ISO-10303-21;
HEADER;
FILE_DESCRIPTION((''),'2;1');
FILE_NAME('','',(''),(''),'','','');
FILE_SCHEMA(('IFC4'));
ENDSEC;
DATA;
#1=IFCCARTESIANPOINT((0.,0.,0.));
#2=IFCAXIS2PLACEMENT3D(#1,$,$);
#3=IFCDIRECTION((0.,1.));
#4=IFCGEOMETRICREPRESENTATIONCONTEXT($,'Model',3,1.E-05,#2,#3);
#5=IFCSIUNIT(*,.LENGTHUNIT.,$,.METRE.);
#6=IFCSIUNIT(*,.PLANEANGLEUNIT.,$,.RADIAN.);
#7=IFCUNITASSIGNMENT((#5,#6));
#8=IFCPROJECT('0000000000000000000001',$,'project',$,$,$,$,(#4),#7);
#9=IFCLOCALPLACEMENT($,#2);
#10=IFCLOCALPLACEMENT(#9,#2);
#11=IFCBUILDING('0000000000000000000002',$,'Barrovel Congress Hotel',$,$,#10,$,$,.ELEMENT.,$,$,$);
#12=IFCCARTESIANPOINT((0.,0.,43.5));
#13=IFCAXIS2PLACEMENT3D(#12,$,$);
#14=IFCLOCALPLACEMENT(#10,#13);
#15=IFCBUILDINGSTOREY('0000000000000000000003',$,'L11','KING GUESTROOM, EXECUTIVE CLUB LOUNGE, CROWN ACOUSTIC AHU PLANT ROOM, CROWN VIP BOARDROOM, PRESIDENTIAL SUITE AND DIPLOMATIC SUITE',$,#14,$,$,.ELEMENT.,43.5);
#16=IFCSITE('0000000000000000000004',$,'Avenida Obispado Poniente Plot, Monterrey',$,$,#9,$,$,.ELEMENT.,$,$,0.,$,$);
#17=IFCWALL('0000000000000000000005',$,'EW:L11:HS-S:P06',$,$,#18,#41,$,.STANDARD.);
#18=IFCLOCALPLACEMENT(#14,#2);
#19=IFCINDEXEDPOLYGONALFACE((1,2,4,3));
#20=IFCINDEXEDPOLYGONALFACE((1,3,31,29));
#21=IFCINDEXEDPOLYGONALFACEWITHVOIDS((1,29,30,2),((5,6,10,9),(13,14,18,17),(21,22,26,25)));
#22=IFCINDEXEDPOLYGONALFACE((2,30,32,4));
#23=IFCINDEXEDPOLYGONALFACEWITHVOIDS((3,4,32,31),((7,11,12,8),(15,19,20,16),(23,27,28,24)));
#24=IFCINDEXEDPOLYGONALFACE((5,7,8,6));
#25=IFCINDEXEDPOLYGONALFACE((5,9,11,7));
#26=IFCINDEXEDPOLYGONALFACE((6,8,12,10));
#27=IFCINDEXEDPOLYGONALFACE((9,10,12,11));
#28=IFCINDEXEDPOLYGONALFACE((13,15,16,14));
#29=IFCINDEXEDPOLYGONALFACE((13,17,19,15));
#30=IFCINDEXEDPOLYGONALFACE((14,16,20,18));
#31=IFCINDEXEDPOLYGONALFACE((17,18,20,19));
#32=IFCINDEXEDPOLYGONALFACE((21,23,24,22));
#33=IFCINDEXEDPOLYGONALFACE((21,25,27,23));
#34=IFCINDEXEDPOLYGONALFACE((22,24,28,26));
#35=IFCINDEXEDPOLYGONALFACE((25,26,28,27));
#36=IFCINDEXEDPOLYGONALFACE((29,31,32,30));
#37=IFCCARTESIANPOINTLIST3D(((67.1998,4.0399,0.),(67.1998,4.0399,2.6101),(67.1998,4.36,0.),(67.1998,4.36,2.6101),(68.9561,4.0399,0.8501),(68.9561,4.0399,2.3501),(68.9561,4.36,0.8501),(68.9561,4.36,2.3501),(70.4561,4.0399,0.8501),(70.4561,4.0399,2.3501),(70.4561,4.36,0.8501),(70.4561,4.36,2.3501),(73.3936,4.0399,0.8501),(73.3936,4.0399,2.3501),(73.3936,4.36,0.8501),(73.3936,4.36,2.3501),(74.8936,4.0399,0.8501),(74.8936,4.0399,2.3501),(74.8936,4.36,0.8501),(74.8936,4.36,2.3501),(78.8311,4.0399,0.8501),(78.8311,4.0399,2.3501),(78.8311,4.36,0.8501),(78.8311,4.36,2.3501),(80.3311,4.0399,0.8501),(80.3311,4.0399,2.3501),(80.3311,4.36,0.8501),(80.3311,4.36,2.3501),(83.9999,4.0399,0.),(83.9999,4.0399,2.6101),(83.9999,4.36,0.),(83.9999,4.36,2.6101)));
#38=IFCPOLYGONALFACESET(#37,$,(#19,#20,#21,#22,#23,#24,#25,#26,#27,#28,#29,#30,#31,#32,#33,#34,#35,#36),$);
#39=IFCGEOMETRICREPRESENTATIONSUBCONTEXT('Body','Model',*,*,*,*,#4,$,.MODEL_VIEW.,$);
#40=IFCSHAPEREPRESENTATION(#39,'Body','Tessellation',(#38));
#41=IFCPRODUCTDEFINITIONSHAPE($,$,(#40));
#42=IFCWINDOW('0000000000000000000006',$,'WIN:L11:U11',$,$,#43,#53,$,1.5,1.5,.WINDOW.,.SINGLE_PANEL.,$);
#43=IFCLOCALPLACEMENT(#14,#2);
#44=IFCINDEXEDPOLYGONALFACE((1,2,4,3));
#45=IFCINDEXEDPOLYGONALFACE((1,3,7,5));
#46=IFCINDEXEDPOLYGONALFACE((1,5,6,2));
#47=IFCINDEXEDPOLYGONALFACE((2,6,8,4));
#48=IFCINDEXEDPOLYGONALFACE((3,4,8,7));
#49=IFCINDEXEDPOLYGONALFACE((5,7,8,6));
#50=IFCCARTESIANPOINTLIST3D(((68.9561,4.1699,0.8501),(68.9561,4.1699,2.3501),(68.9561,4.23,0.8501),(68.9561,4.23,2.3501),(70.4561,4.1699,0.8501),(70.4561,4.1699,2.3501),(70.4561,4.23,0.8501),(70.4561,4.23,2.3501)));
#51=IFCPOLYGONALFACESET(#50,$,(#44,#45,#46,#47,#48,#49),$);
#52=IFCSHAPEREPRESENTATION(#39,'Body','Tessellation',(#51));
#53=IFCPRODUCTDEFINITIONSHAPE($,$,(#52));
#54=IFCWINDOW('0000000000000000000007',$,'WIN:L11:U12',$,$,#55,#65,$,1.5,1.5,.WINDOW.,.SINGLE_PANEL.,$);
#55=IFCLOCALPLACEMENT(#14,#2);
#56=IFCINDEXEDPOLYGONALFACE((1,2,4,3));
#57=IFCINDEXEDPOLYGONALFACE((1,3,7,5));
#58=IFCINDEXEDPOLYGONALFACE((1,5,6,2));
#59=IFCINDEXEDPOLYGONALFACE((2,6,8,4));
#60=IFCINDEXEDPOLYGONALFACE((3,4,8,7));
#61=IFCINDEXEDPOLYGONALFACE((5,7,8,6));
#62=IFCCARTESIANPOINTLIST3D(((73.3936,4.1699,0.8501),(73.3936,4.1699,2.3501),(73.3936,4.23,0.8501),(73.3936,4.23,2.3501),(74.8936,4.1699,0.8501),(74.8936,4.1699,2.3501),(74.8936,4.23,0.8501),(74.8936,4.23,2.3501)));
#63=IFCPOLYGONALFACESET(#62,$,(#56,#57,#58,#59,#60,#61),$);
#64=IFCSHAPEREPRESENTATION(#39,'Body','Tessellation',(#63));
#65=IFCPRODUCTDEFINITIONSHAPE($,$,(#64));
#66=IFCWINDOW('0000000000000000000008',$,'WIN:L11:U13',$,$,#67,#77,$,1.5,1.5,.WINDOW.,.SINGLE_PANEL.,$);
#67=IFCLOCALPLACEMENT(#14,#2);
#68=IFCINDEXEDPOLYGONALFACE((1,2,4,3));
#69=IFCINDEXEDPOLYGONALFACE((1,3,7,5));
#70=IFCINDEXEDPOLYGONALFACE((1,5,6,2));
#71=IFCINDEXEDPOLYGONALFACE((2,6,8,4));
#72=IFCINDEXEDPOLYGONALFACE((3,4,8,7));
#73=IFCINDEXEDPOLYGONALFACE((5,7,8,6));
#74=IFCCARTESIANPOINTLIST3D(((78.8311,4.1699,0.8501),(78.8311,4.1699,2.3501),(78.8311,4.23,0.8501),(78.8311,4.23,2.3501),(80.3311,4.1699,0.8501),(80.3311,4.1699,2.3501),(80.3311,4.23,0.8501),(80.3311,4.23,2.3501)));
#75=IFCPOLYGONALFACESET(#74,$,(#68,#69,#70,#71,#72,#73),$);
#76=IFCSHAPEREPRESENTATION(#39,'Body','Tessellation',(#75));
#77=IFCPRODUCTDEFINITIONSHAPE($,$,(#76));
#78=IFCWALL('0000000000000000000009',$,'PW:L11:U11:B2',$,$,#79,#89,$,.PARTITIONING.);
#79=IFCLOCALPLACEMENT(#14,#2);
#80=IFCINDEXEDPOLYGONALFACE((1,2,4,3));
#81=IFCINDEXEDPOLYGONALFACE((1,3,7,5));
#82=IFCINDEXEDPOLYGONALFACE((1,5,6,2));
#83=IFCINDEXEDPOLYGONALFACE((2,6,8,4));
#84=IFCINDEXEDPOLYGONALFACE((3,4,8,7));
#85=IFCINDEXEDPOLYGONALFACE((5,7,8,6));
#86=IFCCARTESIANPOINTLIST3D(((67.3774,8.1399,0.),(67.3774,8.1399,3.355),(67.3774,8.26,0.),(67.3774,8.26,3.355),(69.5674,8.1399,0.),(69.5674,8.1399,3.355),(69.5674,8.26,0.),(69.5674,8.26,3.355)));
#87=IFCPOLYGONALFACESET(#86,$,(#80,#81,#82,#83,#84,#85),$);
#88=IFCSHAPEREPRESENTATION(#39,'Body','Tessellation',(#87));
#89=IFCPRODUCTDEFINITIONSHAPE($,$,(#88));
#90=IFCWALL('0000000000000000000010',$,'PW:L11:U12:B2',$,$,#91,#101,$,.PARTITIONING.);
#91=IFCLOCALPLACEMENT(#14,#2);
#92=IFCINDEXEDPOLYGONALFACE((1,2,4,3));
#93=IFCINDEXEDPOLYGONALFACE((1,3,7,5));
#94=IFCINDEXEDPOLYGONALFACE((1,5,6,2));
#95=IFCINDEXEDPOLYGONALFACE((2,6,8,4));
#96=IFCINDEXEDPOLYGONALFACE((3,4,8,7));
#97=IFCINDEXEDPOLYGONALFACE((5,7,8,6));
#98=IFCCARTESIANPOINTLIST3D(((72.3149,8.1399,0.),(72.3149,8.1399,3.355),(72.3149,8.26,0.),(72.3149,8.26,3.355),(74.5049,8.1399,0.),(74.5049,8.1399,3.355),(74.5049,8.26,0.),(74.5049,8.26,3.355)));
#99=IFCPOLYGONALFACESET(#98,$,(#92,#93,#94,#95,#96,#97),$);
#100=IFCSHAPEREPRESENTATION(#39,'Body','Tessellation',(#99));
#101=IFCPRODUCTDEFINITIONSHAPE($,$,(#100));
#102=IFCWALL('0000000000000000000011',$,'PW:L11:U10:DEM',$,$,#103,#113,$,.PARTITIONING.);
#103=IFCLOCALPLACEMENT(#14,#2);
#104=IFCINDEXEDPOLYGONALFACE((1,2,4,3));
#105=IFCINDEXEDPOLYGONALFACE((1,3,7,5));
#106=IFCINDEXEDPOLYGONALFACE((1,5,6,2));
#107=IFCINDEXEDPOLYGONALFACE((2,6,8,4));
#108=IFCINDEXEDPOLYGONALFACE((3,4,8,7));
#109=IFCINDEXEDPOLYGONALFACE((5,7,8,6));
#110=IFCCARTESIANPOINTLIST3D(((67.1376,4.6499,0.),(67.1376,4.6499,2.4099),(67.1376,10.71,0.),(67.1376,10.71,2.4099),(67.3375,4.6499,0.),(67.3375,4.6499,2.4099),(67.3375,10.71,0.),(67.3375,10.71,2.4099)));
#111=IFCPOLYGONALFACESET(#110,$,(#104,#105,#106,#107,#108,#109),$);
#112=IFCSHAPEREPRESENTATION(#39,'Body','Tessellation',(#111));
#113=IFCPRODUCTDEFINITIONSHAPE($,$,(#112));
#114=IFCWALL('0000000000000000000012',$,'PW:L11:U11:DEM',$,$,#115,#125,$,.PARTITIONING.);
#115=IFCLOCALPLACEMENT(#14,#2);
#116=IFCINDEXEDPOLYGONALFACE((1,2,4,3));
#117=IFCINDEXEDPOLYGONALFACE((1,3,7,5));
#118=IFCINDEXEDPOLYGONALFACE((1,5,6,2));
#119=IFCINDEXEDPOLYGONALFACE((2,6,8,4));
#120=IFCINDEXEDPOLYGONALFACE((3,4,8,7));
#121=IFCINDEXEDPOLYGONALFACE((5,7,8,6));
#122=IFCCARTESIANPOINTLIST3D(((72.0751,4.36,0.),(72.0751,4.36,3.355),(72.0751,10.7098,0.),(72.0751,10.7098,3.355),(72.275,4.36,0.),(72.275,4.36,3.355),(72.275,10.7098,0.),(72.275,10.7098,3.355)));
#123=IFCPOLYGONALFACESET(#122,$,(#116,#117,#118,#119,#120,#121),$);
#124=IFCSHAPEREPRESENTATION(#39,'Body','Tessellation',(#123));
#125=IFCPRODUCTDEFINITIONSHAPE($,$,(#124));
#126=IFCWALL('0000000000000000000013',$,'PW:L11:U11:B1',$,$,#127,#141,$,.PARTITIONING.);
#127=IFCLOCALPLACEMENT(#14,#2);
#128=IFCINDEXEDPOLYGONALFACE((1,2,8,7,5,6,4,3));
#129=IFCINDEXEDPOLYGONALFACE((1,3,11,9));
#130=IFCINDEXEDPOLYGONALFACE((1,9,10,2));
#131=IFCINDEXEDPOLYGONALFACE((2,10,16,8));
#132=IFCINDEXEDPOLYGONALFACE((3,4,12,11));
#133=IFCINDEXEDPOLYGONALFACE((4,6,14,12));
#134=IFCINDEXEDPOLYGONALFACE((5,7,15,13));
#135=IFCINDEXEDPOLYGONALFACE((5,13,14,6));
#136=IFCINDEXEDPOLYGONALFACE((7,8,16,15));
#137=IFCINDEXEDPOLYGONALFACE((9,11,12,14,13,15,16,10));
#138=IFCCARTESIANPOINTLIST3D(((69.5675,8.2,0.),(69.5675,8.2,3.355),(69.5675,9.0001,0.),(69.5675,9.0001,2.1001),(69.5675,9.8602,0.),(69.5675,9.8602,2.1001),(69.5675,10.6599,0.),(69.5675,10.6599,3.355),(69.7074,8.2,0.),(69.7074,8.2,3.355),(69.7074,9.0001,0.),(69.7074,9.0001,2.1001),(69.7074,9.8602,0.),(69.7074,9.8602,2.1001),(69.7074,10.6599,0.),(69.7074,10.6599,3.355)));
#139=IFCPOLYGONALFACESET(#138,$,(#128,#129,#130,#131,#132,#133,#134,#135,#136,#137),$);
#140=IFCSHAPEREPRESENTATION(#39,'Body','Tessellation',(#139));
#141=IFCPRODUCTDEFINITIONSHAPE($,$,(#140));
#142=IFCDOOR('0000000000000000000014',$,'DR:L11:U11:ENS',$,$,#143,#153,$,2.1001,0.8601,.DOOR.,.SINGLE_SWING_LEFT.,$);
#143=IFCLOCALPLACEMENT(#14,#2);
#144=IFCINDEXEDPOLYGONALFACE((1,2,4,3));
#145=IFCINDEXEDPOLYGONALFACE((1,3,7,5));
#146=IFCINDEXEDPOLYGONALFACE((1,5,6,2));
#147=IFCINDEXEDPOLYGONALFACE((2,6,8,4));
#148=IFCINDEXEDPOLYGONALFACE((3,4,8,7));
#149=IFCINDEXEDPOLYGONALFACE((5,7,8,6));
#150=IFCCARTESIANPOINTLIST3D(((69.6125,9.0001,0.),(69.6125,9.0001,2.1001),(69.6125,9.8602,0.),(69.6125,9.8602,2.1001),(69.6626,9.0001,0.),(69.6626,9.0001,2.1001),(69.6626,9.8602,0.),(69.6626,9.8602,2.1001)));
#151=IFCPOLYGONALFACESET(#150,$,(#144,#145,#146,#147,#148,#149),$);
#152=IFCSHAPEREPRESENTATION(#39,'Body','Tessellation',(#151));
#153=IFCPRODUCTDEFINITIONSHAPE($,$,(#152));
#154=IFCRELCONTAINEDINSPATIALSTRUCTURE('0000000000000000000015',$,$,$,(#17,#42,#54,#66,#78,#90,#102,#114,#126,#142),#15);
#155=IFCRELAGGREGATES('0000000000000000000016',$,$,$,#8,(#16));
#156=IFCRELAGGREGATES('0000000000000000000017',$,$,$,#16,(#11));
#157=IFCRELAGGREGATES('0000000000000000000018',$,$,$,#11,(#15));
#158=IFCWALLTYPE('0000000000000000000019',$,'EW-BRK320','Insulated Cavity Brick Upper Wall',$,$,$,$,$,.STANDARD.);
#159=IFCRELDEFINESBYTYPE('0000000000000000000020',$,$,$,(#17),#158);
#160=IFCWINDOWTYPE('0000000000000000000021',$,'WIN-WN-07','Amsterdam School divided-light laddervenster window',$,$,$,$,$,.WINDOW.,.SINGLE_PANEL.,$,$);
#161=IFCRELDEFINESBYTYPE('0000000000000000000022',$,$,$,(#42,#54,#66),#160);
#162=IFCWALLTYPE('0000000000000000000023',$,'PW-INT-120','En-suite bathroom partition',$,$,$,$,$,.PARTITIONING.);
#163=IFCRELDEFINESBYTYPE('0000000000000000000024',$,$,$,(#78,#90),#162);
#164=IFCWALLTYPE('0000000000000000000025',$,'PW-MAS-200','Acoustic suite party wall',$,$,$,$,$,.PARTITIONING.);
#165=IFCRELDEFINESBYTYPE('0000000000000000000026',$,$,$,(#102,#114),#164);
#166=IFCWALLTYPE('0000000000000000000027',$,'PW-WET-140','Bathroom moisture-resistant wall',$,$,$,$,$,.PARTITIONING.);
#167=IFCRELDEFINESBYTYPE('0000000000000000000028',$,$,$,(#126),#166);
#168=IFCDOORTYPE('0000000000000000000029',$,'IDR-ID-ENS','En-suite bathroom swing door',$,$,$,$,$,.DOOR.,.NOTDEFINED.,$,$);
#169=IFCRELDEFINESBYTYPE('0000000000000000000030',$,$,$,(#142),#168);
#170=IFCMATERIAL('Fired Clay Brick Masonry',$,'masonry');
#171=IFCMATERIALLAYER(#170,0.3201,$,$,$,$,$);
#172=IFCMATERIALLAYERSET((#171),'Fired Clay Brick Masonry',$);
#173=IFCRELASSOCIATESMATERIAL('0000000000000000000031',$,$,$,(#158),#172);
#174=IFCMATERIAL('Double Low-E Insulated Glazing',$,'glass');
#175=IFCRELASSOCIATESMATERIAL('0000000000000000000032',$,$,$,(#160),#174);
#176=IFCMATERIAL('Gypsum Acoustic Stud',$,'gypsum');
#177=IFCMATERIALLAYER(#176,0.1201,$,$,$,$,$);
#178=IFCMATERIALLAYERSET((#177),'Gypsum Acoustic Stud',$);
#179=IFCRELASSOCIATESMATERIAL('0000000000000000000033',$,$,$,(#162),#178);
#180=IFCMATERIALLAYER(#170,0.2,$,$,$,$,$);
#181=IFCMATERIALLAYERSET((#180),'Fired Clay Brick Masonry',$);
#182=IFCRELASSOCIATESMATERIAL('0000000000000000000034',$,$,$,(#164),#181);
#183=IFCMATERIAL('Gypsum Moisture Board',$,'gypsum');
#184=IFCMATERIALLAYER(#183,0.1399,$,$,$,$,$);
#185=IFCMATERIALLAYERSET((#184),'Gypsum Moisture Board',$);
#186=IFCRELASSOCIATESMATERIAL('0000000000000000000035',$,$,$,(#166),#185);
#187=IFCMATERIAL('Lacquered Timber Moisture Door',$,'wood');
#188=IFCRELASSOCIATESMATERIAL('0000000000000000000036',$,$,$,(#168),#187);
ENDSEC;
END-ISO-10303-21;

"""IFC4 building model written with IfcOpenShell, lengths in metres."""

from ifc_helpers import new_model, si_unit, direction, frame, frame_2d, origin, place, context, subcontext, project, spatial, rectangle, extrude, material, layer, layer_set, type_object, element, fill, save


model = new_model("IFC4")

# Units and contexts
model_context = context("Model", 3, precision=1e-05, world=origin(), true_north=direction((0.0, 1.0)))
body_context = subcontext(model_context, "Body", "Model", "MODEL_VIEW")
ifc_project = project(units=[si_unit("LENGTHUNIT", "METRE"), si_unit("PLANEANGLEUNIT", "RADIAN")], contexts=[model_context])

# Site, building, storey
site_placement = place(None, origin())
site = spatial("IfcSite", under=ifc_project, at=site_placement, Name="Avenida Obispado Poniente Plot, Monterrey", CompositionType="ELEMENT", RefElevation=0.0)
building_placement = place(site_placement, origin())
building = spatial("IfcBuilding", under=site, at=building_placement, Name="Barrovel Congress Hotel", CompositionType="ELEMENT")
storey_placement = place(building_placement, frame((0.0, 0.0, 43.5)))
storey = spatial("IfcBuildingStorey", under=building, at=storey_placement, Name="L11", Description="KING GUESTROOM, EXECUTIVE CLUB LOUNGE, CROWN ACOUSTIC AHU PLANT ROOM, CROWN VIP BOARDROOM, PRESIDENTIAL SUITE AND DIPLOMATIC SUITE", CompositionType="ELEMENT", Elevation=43.5)

# Wall, openings, windows
ifc_material_1 = material(Name="Fired Clay Brick Masonry", Category="masonry")
ifc_layer_1 = layer(ifc_material_1, 0.3201)
ifc_layer_set_1 = layer_set([ifc_layer_1], Name="Fired Clay Brick Masonry")
wall_type_1 = type_object("IfcWallType", Name="EW-BRK320", Description="Insulated Cavity Brick Upper Wall", PredefinedType="STANDARD", material=ifc_layer_set_1)
wall_1_placement = place(storey_placement, frame((67.2, 4.2, 0.0), z_axis=(0.0, 0.0, 1.0), x_axis=(1.0, 0.0, 0.0)))
wall_1 = element("IfcWall", 1, at=wall_1_placement, inside=storey, type_object=wall_type_1, Name="EW:L11:HS-S:P06", PredefinedType="STANDARD", context=body_context, shape_type="SweptSolid", body=[
    extrude(rectangle(XDim=16.8, YDim=0.3201, at=frame_2d((8.3999, 0.0))), origin(), (0.0, 0.0, 1.0), 2.6101),
])
opening_1_placement = place(wall_1_placement, frame((1.7561, 0.0, 0.8501)))
opening_1 = element("IfcOpeningElement", 2, at=opening_1_placement, cuts=wall_1, PredefinedType="OPENING", context=body_context, shape_type="SweptSolid", body=[
    extrude(rectangle(XDim=1.5, YDim=1.5, at=frame_2d((0.75, 0.75))), frame((0.0, 0.1699, 0.0), z_axis=(0.0, -1.0, 0.0), x_axis=(1.0, 0.0, 0.0)), (0.0, 0.0, 1.0), 0.3401),
])
opening_2_placement = place(wall_1_placement, frame((6.1936, 0.0, 0.8501)))
opening_2 = element("IfcOpeningElement", 3, at=opening_2_placement, cuts=wall_1, PredefinedType="OPENING", context=body_context, shape_type="SweptSolid", body=[
    extrude(rectangle(XDim=1.5, YDim=1.5, at=frame_2d((0.75, 0.75))), frame((0.0, 0.1699, 0.0), z_axis=(0.0, -1.0, 0.0), x_axis=(1.0, 0.0, 0.0)), (0.0, 0.0, 1.0), 0.3401),
])
opening_3_placement = place(wall_1_placement, frame((11.6311, 0.0, 0.8501)))
opening_3 = element("IfcOpeningElement", 4, at=opening_3_placement, cuts=wall_1, PredefinedType="OPENING", context=body_context, shape_type="SweptSolid", body=[
    extrude(rectangle(XDim=1.5, YDim=1.5, at=frame_2d((0.75, 0.75))), frame((0.0, 0.1699, 0.0), z_axis=(0.0, -1.0, 0.0), x_axis=(1.0, 0.0, 0.0)), (0.0, 0.0, 1.0), 0.3401),
])
ifc_material_2 = material(Name="Double Low-E Insulated Glazing", Category="glass")
window_type = type_object("IfcWindowType", Name="WIN-WN-07", Description="Amsterdam School divided-light laddervenster window", PartitioningType="SINGLE_PANEL", PredefinedType="WINDOW", material=ifc_material_2)
window_1_placement = place(opening_1_placement, origin())
window_1 = element("IfcWindow", 5, at=window_1_placement, inside=storey, type_object=window_type, Name="WIN:L11:U11", OverallHeight=1.5, OverallWidth=1.5, PartitioningType="SINGLE_PANEL", PredefinedType="WINDOW", context=body_context, shape_type="SweptSolid", body=[
    extrude(rectangle(XDim=1.5, YDim=1.5, at=frame_2d((0.75, 0.75))), frame((0.0, 0.03, 0.0), z_axis=(0.0, -1.0, 0.0), x_axis=(1.0, 0.0, 0.0)), (0.0, 0.0, 1.0), 0.0601),
])
fill(opening_1, window_1)
window_2_placement = place(opening_2_placement, origin())
window_2 = element("IfcWindow", 6, at=window_2_placement, inside=storey, type_object=window_type, Name="WIN:L11:U12", OverallHeight=1.5, OverallWidth=1.5, PartitioningType="SINGLE_PANEL", PredefinedType="WINDOW", context=body_context, shape_type="SweptSolid", body=[
    extrude(rectangle(XDim=1.5, YDim=1.5, at=frame_2d((0.75, 0.75))), frame((0.0, 0.03, 0.0), z_axis=(0.0, -1.0, 0.0), x_axis=(1.0, 0.0, 0.0)), (0.0, 0.0, 1.0), 0.0601),
])
fill(opening_2, window_2)
window_3_placement = place(opening_3_placement, origin())
window_3 = element("IfcWindow", 7, at=window_3_placement, inside=storey, type_object=window_type, Name="WIN:L11:U13", OverallHeight=1.5, OverallWidth=1.5, PartitioningType="SINGLE_PANEL", PredefinedType="WINDOW", context=body_context, shape_type="SweptSolid", body=[
    extrude(rectangle(XDim=1.5, YDim=1.5, at=frame_2d((0.75, 0.75))), frame((0.0, 0.03, 0.0), z_axis=(0.0, -1.0, 0.0), x_axis=(1.0, 0.0, 0.0)), (0.0, 0.0, 1.0), 0.0601),
])
fill(opening_3, window_3)

# Shared definitions
ifc_material_3 = material(Name="Gypsum Acoustic Stud", Category="gypsum")

# Walls
ifc_layer_2 = layer(ifc_material_3, 0.1201)
ifc_layer_set_2 = layer_set([ifc_layer_2], Name="Gypsum Acoustic Stud")
wall_type_2 = type_object("IfcWallType", Name="PW-INT-120", Description="En-suite bathroom partition", PredefinedType="PARTITIONING", material=ifc_layer_set_2)
for number, where, z_axis, x_axis, name in (
    (8, (67.3774, 8.2, 0.0), (0.0, 0.0, 1.0), (1.0, 0.0, 0.0), "PW:L11:U11:B2"),
    (9, (72.3149, 8.2, 0.0), (0.0, 0.0, 1.0), (1.0, 0.0, 0.0), "PW:L11:U12:B2"),
):
    element("IfcWall", number, at=place(storey_placement, frame(where, z_axis=z_axis, x_axis=x_axis)), inside=storey, type_object=wall_type_2, Name=name, PredefinedType="PARTITIONING", context=body_context, shape_type="SweptSolid", body=[
        extrude(rectangle(XDim=2.1899, YDim=0.1201, at=frame_2d((1.095, 0.0))), origin(), (0.0, 0.0, 1.0), 3.355),
    ])
ifc_layer_3 = layer(ifc_material_1, 0.2)
ifc_layer_set_3 = layer_set([ifc_layer_3], Name="Fired Clay Brick Masonry")
wall_type_3 = type_object("IfcWallType", Name="PW-MAS-200", Description="Acoustic suite party wall", PredefinedType="PARTITIONING", material=ifc_layer_set_3)
wall_2_placement = place(storey_placement, frame((67.2375, 4.6499, 0.0), z_axis=(0.0, 0.0, 1.0), x_axis=(0.0, 1.0, 0.0)))
element("IfcWall", 10, at=wall_2_placement, inside=storey, type_object=wall_type_3, Name="PW:L11:U10:DEM", PredefinedType="PARTITIONING", context=body_context, shape_type="SweptSolid", body=[
    extrude(rectangle(XDim=6.0601, YDim=0.2, at=frame_2d((3.03, 0.0))), origin(), (0.0, 0.0, 1.0), 2.4099),
])
wall_3_placement = place(storey_placement, frame((72.175, 4.3601, 0.0), z_axis=(0.0, 0.0, 1.0), x_axis=(0.0, 1.0, 0.0)))
element("IfcWall", 11, at=wall_3_placement, inside=storey, type_object=wall_type_3, Name="PW:L11:U11:DEM", PredefinedType="PARTITIONING", context=body_context, shape_type="SweptSolid", body=[
    extrude(rectangle(XDim=6.3499, YDim=0.2, at=frame_2d((3.1748, 0.0))), origin(), (0.0, 0.0, 1.0), 3.355),
])

# Wall, opening, door
ifc_material_4 = material(Name="Gypsum Moisture Board", Category="gypsum")
ifc_layer_4 = layer(ifc_material_4, 0.1399)
ifc_layer_set_4 = layer_set([ifc_layer_4], Name="Gypsum Moisture Board")
wall_type_4 = type_object("IfcWallType", Name="PW-WET-140", Description="Bathroom moisture-resistant wall", PredefinedType="PARTITIONING", material=ifc_layer_set_4)
wall_4_placement = place(storey_placement, frame((69.6375, 8.2, 0.0), z_axis=(0.0, 0.0, 1.0), x_axis=(0.0, 1.0, 0.0)))
wall_4 = element("IfcWall", 12, at=wall_4_placement, inside=storey, type_object=wall_type_4, Name="PW:L11:U11:B1", PredefinedType="PARTITIONING", context=body_context, shape_type="SweptSolid", body=[
    extrude(rectangle(XDim=2.46, YDim=0.1399, at=frame_2d((1.23, 0.0))), origin(), (0.0, 0.0, 1.0), 3.355),
])
opening_4_placement = place(wall_4_placement, frame((0.8, 0.0, 0.0)))
opening_4 = element("IfcOpeningElement", 13, at=opening_4_placement, cuts=wall_4, PredefinedType="OPENING", context=body_context, shape_type="SweptSolid", body=[
    extrude(rectangle(XDim=0.8601, YDim=2.1001, at=frame_2d((0.4302, 1.05))), frame((0.0, 0.0801, 0.0), z_axis=(0.0, -1.0, 0.0), x_axis=(1.0, 0.0, 0.0)), (0.0, 0.0, 1.0), 0.1599),
])
ifc_material_5 = material(Name="Lacquered Timber Moisture Door", Category="wood")
door_type_1 = type_object("IfcDoorType", Name="IDR-ID-ENS", Description="En-suite bathroom swing door", OperationType="NOTDEFINED", PredefinedType="DOOR", material=ifc_material_5)
door_1_placement = place(opening_4_placement, origin())
door_1 = element("IfcDoor", 14, at=door_1_placement, inside=storey, type_object=door_type_1, Name="DR:L11:U11:ENS", OperationType="SINGLE_SWING_LEFT", OverallHeight=2.1001, OverallWidth=0.8601, PredefinedType="DOOR", context=body_context, shape_type="SweptSolid", body=[
    extrude(rectangle(XDim=0.8601, YDim=2.1001, at=frame_2d((0.4302, 1.05))), frame((0.0, 0.0249, 0.0), z_axis=(0.0, -1.0, 0.0), x_axis=(1.0, 0.0, 0.0)), (0.0, 0.0, 1.0), 0.05),
])
fill(opening_4, door_1)

save(model, "model.ifc")
